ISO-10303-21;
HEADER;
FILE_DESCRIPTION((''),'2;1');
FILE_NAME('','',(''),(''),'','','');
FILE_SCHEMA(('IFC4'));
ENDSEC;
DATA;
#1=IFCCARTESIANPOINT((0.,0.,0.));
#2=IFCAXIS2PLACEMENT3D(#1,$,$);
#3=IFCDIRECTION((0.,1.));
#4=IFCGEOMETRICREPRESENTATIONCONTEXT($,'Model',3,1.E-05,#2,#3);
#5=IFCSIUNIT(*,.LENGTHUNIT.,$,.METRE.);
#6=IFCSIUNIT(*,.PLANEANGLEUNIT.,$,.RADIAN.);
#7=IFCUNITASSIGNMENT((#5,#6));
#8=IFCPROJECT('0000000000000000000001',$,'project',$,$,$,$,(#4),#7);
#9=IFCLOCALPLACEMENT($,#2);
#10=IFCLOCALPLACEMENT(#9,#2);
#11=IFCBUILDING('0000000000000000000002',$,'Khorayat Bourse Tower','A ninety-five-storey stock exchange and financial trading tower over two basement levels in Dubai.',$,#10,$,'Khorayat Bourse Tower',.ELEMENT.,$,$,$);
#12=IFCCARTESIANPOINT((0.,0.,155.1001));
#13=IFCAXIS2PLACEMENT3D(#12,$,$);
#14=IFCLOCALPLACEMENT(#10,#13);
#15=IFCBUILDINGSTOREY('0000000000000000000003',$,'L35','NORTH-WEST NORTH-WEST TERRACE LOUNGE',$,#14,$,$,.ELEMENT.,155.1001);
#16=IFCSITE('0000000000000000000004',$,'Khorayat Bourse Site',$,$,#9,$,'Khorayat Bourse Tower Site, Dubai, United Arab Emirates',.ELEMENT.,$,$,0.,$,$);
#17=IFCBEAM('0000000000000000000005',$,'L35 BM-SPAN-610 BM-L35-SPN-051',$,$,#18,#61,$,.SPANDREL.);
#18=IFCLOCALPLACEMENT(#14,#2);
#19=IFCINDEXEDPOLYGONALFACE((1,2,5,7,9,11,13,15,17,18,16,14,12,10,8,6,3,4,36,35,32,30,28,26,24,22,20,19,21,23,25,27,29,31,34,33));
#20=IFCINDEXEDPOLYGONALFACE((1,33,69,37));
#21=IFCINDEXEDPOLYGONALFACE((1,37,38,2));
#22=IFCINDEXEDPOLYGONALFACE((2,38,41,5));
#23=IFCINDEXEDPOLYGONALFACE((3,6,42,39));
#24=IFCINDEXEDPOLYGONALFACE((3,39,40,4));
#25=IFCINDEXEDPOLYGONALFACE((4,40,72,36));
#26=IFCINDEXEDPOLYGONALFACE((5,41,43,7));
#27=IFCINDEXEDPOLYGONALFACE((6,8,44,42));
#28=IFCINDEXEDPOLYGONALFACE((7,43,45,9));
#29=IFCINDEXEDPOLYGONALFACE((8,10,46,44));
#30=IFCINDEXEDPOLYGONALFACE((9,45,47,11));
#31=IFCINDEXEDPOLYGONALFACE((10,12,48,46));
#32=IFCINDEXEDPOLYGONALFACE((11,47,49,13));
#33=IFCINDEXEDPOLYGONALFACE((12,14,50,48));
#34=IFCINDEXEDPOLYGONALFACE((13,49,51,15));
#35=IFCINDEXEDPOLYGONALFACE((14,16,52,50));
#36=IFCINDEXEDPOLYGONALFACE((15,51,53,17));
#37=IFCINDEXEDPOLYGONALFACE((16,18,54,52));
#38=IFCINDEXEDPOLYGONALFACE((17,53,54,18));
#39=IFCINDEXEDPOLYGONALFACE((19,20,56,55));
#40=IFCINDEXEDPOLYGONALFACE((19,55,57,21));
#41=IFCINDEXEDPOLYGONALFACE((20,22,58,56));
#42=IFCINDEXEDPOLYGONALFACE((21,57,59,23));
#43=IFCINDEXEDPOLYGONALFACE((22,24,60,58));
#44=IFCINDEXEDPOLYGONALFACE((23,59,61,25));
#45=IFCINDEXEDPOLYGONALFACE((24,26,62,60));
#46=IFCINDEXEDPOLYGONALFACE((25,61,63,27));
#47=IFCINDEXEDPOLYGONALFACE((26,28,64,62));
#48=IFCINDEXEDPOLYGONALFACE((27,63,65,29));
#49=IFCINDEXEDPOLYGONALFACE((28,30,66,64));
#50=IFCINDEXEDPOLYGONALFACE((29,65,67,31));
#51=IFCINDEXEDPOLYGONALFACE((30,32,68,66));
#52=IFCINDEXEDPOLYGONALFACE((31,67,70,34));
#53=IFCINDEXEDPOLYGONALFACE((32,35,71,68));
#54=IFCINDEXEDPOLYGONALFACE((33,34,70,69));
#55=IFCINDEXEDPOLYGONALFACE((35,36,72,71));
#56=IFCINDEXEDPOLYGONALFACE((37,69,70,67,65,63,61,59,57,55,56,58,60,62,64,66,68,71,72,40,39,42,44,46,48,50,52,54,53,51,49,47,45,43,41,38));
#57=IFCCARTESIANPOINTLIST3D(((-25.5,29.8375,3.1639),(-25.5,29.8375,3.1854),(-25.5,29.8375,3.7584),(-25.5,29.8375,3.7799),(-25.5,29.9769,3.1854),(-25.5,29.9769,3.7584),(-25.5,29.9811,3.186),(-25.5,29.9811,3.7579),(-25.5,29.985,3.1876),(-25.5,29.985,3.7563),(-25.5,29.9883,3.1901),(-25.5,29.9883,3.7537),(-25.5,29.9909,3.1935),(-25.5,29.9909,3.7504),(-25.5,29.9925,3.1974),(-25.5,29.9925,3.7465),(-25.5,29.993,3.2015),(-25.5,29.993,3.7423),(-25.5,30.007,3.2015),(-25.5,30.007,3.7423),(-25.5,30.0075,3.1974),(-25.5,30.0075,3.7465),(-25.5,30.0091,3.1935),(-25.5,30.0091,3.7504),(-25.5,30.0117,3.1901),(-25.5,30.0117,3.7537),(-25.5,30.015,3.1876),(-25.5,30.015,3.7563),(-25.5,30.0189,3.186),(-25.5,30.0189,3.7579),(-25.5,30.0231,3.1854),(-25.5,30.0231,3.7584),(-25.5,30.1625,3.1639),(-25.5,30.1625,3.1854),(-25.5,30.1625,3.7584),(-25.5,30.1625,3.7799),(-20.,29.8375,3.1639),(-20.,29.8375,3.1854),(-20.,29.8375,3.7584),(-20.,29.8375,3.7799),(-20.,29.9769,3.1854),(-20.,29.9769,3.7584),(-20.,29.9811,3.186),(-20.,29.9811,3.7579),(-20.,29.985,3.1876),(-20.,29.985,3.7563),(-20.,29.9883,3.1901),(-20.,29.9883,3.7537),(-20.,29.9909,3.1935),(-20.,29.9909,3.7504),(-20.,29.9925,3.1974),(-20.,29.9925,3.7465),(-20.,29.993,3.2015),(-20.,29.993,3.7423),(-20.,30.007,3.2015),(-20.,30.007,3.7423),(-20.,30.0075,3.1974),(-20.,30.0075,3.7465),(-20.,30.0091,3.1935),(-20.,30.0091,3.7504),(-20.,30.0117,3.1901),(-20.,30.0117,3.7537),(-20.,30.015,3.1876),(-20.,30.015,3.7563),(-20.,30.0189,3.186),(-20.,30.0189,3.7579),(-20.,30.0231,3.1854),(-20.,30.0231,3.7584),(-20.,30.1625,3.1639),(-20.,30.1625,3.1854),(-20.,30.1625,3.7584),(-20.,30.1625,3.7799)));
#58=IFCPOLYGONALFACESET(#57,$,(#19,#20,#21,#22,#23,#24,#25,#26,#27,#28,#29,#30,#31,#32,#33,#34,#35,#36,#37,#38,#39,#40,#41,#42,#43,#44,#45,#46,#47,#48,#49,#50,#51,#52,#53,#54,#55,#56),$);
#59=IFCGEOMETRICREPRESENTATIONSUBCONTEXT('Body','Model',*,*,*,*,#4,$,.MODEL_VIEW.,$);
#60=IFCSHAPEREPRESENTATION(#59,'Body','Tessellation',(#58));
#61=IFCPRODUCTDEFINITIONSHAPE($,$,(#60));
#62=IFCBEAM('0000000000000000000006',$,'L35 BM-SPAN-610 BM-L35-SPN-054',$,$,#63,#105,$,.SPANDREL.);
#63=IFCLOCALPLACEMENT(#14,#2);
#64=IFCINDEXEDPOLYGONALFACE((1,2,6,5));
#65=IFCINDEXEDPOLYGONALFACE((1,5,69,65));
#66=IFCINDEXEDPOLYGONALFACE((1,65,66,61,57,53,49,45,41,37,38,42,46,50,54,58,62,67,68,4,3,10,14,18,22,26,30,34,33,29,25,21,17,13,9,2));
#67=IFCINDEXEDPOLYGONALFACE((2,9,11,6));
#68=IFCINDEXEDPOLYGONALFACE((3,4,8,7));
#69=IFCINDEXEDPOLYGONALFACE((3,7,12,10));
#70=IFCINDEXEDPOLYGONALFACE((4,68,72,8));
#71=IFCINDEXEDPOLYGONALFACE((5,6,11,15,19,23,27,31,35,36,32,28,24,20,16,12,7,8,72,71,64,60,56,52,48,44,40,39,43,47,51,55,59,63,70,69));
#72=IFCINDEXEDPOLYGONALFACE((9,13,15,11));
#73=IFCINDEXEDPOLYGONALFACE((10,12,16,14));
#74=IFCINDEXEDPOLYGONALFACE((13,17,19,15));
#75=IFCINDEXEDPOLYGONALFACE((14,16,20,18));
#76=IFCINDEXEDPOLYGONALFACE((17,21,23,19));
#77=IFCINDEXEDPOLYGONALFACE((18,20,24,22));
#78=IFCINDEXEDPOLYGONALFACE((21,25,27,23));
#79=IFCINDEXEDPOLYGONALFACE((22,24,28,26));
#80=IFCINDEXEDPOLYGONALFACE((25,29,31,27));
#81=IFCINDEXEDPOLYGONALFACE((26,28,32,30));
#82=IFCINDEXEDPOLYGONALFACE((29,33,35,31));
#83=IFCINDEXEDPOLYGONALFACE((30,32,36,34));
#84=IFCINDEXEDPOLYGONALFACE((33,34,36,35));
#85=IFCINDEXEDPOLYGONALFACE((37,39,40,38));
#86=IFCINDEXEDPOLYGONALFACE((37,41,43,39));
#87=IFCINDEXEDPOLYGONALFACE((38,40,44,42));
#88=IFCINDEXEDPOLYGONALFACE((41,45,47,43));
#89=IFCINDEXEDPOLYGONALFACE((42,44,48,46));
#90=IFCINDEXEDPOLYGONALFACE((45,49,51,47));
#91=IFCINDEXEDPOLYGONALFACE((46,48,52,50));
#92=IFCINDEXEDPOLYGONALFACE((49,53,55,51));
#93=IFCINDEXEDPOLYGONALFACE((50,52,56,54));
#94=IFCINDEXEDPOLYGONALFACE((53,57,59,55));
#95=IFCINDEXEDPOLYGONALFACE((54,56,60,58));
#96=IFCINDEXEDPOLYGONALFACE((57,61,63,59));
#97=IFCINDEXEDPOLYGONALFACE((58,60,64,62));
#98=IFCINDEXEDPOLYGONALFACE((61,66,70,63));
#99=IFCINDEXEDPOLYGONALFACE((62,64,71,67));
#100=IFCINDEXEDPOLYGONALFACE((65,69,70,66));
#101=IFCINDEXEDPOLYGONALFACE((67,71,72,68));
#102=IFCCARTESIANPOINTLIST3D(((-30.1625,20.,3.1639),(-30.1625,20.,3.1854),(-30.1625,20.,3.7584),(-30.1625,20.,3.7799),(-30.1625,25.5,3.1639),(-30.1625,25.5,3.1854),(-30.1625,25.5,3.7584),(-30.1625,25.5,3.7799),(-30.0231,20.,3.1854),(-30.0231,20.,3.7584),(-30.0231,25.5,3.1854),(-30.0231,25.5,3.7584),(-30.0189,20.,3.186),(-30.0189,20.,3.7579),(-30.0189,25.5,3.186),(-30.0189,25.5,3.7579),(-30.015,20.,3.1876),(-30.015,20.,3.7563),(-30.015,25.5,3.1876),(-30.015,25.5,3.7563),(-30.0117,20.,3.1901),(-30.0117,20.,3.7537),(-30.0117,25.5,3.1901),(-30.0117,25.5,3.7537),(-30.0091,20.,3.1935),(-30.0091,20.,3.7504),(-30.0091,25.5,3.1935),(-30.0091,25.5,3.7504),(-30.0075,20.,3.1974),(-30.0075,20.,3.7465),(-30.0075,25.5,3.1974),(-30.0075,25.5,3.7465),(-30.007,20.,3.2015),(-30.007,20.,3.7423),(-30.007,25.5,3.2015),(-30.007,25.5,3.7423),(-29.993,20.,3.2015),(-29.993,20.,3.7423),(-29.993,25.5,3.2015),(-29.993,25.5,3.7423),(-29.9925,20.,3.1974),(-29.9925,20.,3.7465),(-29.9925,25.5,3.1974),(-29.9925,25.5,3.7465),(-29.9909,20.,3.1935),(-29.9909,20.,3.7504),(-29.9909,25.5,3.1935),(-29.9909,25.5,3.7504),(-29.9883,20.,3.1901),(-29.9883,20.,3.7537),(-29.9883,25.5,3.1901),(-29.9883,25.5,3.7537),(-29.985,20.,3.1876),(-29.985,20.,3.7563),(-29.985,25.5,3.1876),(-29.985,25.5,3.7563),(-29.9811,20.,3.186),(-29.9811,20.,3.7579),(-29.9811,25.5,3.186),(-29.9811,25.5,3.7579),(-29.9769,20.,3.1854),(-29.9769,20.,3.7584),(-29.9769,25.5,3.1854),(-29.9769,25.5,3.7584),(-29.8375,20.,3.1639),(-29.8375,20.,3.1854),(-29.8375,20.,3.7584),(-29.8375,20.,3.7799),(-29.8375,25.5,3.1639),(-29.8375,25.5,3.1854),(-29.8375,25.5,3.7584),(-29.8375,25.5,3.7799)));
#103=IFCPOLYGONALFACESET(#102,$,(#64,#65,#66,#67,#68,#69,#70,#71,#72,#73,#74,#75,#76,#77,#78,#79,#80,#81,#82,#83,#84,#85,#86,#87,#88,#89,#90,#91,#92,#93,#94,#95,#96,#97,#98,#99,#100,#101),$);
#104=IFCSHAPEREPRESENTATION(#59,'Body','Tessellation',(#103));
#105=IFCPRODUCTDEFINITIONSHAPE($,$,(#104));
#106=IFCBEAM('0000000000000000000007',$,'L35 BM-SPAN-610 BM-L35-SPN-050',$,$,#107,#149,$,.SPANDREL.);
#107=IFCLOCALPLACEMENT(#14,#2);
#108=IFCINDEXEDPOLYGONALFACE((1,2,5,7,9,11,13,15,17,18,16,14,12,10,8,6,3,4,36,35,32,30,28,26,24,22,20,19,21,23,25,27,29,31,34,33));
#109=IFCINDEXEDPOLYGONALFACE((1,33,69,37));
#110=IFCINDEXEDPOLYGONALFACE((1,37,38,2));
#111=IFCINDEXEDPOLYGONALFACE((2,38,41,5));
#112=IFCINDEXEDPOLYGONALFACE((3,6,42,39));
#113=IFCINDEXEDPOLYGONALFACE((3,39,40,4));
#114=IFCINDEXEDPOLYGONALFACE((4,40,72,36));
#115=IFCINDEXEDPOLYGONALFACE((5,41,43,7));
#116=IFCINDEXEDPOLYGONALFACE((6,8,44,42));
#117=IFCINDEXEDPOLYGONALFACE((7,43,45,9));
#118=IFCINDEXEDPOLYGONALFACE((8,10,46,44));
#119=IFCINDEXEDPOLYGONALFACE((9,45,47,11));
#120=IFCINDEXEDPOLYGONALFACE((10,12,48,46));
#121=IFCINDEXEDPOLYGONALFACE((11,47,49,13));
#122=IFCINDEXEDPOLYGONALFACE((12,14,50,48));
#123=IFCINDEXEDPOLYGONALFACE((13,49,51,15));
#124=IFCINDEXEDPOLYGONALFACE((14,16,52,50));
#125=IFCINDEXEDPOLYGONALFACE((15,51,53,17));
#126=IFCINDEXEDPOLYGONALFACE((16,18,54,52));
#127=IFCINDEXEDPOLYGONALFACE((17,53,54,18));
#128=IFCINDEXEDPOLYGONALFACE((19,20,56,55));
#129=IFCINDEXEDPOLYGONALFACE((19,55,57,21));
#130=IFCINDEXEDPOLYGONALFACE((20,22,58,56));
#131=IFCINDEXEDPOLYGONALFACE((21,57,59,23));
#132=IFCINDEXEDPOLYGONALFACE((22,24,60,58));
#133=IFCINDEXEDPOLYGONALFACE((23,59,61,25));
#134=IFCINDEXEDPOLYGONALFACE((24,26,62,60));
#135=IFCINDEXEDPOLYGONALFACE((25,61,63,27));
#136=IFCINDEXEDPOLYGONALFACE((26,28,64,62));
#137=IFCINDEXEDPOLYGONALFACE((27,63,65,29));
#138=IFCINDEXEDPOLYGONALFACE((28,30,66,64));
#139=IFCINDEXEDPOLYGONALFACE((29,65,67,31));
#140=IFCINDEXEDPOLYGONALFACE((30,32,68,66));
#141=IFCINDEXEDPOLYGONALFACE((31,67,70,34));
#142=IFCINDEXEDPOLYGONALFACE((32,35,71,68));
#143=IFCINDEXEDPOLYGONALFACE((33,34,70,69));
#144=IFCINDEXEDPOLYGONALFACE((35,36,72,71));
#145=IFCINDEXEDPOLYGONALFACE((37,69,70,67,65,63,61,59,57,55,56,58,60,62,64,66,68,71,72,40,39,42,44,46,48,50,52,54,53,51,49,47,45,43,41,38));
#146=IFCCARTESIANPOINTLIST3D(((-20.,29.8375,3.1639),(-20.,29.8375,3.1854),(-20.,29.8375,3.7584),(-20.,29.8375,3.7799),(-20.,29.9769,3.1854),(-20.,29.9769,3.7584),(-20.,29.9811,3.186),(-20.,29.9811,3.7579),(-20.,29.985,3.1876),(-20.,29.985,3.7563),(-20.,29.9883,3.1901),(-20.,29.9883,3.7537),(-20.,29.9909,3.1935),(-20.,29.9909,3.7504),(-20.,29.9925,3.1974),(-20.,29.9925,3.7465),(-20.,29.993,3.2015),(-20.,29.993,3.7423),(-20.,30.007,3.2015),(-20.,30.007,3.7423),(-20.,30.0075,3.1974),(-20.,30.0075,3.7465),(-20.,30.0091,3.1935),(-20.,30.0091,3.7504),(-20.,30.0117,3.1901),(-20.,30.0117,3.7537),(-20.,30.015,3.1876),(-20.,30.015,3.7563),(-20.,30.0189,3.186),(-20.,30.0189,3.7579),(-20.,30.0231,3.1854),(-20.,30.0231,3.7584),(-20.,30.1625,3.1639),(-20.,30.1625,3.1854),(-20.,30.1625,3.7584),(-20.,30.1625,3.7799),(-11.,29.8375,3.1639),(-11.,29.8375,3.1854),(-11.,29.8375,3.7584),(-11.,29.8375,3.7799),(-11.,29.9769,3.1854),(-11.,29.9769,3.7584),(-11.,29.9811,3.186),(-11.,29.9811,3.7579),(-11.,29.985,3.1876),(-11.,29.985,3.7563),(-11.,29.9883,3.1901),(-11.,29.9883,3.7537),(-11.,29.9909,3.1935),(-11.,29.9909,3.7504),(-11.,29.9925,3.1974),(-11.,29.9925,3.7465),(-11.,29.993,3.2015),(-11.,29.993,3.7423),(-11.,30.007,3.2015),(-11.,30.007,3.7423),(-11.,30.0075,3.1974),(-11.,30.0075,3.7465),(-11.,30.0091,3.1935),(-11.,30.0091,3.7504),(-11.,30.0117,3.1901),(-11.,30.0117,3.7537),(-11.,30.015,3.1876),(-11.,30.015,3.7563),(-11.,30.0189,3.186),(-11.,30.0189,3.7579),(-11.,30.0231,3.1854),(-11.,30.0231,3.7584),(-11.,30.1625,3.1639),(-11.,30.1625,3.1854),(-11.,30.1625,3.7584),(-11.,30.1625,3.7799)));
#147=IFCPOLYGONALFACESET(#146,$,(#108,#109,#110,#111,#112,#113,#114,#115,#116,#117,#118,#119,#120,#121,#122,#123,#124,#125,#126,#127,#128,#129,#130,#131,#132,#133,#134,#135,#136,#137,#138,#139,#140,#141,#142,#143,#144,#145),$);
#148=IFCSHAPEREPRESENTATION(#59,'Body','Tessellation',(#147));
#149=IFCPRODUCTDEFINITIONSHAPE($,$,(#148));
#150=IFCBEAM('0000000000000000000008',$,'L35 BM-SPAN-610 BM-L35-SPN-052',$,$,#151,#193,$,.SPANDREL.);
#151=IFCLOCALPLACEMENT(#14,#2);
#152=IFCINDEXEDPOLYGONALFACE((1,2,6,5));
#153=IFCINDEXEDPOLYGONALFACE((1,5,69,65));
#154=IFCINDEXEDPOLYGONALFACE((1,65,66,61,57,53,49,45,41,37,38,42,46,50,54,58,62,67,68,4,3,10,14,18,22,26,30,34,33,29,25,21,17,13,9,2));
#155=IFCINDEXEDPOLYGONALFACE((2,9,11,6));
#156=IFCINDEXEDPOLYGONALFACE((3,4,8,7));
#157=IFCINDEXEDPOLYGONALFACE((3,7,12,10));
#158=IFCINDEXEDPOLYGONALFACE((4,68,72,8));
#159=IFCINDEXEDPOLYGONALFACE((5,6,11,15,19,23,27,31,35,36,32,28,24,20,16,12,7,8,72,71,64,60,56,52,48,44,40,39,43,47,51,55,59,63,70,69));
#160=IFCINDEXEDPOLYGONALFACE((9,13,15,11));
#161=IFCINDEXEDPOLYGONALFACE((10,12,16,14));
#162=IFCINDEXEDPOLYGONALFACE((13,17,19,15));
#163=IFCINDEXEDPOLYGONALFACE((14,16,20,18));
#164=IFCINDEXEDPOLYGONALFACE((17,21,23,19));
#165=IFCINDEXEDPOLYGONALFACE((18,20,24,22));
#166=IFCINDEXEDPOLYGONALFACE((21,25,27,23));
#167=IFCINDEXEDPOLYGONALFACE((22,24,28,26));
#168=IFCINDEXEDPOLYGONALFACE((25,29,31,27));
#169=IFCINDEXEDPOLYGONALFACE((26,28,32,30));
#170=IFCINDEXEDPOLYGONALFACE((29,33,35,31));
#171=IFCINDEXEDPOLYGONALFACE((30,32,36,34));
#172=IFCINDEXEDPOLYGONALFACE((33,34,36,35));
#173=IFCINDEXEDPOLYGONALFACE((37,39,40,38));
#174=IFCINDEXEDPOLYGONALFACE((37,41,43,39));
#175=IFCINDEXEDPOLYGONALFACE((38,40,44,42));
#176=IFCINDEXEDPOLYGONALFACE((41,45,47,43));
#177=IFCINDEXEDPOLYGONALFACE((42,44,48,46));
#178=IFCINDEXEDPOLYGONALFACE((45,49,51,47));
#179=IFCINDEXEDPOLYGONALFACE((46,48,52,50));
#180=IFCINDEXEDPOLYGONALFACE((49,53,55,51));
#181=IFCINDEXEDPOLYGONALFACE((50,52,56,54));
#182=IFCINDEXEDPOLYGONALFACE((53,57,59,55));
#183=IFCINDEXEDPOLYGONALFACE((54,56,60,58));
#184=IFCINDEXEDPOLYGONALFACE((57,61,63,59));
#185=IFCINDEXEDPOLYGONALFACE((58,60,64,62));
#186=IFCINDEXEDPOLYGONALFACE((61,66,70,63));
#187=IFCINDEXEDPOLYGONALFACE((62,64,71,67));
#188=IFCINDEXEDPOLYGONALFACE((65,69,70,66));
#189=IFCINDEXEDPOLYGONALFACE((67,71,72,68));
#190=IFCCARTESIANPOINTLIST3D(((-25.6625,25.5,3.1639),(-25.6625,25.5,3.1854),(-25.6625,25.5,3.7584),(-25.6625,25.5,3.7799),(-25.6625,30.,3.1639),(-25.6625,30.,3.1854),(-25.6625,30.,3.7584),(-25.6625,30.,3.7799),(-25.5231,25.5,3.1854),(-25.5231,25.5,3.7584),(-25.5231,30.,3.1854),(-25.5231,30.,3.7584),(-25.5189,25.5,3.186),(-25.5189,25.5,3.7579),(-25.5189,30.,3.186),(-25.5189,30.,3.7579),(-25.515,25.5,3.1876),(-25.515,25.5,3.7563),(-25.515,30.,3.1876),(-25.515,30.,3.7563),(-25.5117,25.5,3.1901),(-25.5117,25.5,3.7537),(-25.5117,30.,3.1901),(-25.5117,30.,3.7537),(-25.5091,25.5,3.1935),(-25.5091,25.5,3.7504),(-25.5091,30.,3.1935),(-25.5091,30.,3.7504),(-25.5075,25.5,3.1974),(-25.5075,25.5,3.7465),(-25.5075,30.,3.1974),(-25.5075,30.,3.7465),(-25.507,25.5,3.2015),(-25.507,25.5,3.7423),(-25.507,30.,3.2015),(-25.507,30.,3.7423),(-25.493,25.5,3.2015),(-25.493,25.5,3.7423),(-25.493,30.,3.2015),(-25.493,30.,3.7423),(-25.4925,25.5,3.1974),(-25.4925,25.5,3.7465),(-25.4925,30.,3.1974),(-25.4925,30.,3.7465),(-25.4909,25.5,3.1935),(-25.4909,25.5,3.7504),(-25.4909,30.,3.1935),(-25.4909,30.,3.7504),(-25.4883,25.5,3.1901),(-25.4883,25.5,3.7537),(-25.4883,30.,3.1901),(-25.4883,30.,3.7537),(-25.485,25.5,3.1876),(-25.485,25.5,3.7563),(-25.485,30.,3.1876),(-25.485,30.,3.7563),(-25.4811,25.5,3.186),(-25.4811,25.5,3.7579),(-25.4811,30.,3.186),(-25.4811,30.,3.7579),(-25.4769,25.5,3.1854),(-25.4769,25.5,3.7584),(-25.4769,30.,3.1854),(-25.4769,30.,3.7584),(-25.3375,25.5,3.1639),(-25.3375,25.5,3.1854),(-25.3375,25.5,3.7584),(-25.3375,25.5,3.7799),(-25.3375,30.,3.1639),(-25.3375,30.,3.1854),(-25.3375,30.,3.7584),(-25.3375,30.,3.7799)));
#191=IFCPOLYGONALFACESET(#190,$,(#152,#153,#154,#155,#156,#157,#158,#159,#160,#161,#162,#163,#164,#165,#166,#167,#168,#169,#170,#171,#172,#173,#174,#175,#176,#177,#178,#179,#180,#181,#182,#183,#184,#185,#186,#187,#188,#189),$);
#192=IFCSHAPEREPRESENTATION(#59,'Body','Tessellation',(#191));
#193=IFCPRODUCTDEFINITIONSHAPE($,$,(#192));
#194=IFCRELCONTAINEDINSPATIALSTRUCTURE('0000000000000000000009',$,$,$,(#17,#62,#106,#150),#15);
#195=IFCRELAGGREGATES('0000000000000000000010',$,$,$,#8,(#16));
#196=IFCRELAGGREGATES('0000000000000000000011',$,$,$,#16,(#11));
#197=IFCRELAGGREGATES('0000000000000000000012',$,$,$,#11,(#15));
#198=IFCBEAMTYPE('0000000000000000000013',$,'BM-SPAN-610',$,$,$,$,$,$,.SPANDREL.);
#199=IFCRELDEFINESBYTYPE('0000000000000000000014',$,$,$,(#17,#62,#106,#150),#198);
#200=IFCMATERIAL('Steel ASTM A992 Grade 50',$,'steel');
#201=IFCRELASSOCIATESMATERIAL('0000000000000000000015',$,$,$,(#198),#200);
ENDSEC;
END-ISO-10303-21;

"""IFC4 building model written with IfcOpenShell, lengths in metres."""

from ifc_helpers import new_model, si_unit, direction, frame, origin, origin_2d, place, context, subcontext, project, spatial, i_section, extrude, source, transform, mapped, material, material_profile, profile_set, type_object, element, save


model = new_model("IFC4")

# Units and contexts
model_context = context("Model", 3, precision=1e-05, world=origin(), true_north=direction((0.0, 1.0)))
body_context = subcontext(model_context, "Body", "Model", "MODEL_VIEW")
ifc_project = project(units=[si_unit("LENGTHUNIT", "METRE"), si_unit("PLANEANGLEUNIT", "RADIAN")], contexts=[model_context])

# Site, building, storey
site_placement = place(None, origin())
site = spatial("IfcSite", under=ifc_project, at=site_placement, Name="Khorayat Bourse Site", LongName="Khorayat Bourse Tower Site, Dubai, United Arab Emirates", CompositionType="ELEMENT", RefElevation=0.0)
building_placement = place(site_placement, origin())
building = spatial("IfcBuilding", under=site, at=building_placement, Name="Khorayat Bourse Tower", Description="A ninety-five-storey stock exchange and financial trading tower over two basement levels in Dubai.", LongName="Khorayat Bourse Tower", CompositionType="ELEMENT")
storey_placement = place(building_placement, frame((0.0, 0.0, 155.1001)))
storey = spatial("IfcBuildingStorey", under=building, at=storey_placement, Name="L35", Description="NORTH-WEST NORTH-WEST TERRACE LOUNGE", CompositionType="ELEMENT", Elevation=155.1001)

# Beams
ifc_material_1 = material(Name="Steel ASTM A992 Grade 50", Category="steel")
ifc_material_profile_1 = material_profile(ifc_material_1, i_section(OverallWidth=0.325, OverallDepth=0.616, WebThickness=0.0139, FlangeThickness=0.0215, FilletRadius=0.0161, at=origin_2d()), Name="W610X174")
ifc_profile_set_1 = profile_set([ifc_material_profile_1], Name="Steel ASTM A992 Grade 50")
beam_type_1 = type_object("IfcBeamType", Name="BM-SPAN-610", PredefinedType="SPANDREL", material=ifc_profile_set_1)
shared_shape_1 = source(origin(), body_context, "Body", "SweptSolid", [
    extrude(i_section(OverallWidth=0.325, OverallDepth=0.616, WebThickness=0.0139, FlangeThickness=0.0215, FilletRadius=0.0161, at=origin_2d()), origin(), (0.0, 0.0, 1.0), 5.5),
])
for number, where, z_axis, x_axis, name in (
    (1, (-25.5, 30.0, 3.4719), (1.0, 0.0, 0.0), (0.0, 1.0, 0.0), "L35 BM-SPAN-610 BM-L35-SPN-051"),
    (2, (-30.0, 20.0, 3.4719), (0.0, 1.0, 0.0), (-1.0, 0.0, 0.0), "L35 BM-SPAN-610 BM-L35-SPN-054"),
):
    element("IfcBeam", number, at=place(storey_placement, frame(where, z_axis=z_axis, x_axis=x_axis)), inside=storey, type_object=beam_type_1, Name=name, PredefinedType="SPANDREL", context=body_context, shape_type="MappedRepresentation", body=[
        mapped(shared_shape_1, transform((0.0, 0.0, 0.0), scale=1.0)),
    ])
shared_shape_2 = source(origin(), body_context, "Body", "SweptSolid", [
    extrude(i_section(OverallWidth=0.325, OverallDepth=0.616, WebThickness=0.0139, FlangeThickness=0.0215, FilletRadius=0.0161, at=origin_2d()), origin(), (0.0, 0.0, 1.0), 9.0),
])
beam_1_placement = place(storey_placement, frame((-20.0, 30.0, 3.4719), z_axis=(1.0, 0.0, 0.0), x_axis=(0.0, 1.0, 0.0)))
element("IfcBeam", 3, at=beam_1_placement, inside=storey, type_object=beam_type_1, Name="L35 BM-SPAN-610 BM-L35-SPN-050", PredefinedType="SPANDREL", context=body_context, shape_type="MappedRepresentation", body=[
    mapped(shared_shape_2, transform((0.0, 0.0, 0.0), scale=1.0)),
])
shared_shape_3 = source(origin(), body_context, "Body", "SweptSolid", [
    extrude(i_section(OverallWidth=0.325, OverallDepth=0.616, WebThickness=0.0139, FlangeThickness=0.0215, FilletRadius=0.0161, at=origin_2d()), origin(), (0.0, 0.0, 1.0), 4.5),
])
for number, where, z_axis, x_axis, name in (
    (4, (-25.5, 25.5, 3.4719), (0.0, 1.0, 0.0), (-1.0, 0.0, 0.0), "L35 BM-SPAN-610 BM-L35-SPN-052"),
):
    element("IfcBeam", number, at=place(storey_placement, frame(where, z_axis=z_axis, x_axis=x_axis)), inside=storey, type_object=beam_type_1, Name=name, PredefinedType="SPANDREL", context=body_context, shape_type="MappedRepresentation", body=[
        mapped(shared_shape_3, transform((0.0, 0.0, 0.0), scale=1.0)),
    ])

save(model, "model.ifc")
